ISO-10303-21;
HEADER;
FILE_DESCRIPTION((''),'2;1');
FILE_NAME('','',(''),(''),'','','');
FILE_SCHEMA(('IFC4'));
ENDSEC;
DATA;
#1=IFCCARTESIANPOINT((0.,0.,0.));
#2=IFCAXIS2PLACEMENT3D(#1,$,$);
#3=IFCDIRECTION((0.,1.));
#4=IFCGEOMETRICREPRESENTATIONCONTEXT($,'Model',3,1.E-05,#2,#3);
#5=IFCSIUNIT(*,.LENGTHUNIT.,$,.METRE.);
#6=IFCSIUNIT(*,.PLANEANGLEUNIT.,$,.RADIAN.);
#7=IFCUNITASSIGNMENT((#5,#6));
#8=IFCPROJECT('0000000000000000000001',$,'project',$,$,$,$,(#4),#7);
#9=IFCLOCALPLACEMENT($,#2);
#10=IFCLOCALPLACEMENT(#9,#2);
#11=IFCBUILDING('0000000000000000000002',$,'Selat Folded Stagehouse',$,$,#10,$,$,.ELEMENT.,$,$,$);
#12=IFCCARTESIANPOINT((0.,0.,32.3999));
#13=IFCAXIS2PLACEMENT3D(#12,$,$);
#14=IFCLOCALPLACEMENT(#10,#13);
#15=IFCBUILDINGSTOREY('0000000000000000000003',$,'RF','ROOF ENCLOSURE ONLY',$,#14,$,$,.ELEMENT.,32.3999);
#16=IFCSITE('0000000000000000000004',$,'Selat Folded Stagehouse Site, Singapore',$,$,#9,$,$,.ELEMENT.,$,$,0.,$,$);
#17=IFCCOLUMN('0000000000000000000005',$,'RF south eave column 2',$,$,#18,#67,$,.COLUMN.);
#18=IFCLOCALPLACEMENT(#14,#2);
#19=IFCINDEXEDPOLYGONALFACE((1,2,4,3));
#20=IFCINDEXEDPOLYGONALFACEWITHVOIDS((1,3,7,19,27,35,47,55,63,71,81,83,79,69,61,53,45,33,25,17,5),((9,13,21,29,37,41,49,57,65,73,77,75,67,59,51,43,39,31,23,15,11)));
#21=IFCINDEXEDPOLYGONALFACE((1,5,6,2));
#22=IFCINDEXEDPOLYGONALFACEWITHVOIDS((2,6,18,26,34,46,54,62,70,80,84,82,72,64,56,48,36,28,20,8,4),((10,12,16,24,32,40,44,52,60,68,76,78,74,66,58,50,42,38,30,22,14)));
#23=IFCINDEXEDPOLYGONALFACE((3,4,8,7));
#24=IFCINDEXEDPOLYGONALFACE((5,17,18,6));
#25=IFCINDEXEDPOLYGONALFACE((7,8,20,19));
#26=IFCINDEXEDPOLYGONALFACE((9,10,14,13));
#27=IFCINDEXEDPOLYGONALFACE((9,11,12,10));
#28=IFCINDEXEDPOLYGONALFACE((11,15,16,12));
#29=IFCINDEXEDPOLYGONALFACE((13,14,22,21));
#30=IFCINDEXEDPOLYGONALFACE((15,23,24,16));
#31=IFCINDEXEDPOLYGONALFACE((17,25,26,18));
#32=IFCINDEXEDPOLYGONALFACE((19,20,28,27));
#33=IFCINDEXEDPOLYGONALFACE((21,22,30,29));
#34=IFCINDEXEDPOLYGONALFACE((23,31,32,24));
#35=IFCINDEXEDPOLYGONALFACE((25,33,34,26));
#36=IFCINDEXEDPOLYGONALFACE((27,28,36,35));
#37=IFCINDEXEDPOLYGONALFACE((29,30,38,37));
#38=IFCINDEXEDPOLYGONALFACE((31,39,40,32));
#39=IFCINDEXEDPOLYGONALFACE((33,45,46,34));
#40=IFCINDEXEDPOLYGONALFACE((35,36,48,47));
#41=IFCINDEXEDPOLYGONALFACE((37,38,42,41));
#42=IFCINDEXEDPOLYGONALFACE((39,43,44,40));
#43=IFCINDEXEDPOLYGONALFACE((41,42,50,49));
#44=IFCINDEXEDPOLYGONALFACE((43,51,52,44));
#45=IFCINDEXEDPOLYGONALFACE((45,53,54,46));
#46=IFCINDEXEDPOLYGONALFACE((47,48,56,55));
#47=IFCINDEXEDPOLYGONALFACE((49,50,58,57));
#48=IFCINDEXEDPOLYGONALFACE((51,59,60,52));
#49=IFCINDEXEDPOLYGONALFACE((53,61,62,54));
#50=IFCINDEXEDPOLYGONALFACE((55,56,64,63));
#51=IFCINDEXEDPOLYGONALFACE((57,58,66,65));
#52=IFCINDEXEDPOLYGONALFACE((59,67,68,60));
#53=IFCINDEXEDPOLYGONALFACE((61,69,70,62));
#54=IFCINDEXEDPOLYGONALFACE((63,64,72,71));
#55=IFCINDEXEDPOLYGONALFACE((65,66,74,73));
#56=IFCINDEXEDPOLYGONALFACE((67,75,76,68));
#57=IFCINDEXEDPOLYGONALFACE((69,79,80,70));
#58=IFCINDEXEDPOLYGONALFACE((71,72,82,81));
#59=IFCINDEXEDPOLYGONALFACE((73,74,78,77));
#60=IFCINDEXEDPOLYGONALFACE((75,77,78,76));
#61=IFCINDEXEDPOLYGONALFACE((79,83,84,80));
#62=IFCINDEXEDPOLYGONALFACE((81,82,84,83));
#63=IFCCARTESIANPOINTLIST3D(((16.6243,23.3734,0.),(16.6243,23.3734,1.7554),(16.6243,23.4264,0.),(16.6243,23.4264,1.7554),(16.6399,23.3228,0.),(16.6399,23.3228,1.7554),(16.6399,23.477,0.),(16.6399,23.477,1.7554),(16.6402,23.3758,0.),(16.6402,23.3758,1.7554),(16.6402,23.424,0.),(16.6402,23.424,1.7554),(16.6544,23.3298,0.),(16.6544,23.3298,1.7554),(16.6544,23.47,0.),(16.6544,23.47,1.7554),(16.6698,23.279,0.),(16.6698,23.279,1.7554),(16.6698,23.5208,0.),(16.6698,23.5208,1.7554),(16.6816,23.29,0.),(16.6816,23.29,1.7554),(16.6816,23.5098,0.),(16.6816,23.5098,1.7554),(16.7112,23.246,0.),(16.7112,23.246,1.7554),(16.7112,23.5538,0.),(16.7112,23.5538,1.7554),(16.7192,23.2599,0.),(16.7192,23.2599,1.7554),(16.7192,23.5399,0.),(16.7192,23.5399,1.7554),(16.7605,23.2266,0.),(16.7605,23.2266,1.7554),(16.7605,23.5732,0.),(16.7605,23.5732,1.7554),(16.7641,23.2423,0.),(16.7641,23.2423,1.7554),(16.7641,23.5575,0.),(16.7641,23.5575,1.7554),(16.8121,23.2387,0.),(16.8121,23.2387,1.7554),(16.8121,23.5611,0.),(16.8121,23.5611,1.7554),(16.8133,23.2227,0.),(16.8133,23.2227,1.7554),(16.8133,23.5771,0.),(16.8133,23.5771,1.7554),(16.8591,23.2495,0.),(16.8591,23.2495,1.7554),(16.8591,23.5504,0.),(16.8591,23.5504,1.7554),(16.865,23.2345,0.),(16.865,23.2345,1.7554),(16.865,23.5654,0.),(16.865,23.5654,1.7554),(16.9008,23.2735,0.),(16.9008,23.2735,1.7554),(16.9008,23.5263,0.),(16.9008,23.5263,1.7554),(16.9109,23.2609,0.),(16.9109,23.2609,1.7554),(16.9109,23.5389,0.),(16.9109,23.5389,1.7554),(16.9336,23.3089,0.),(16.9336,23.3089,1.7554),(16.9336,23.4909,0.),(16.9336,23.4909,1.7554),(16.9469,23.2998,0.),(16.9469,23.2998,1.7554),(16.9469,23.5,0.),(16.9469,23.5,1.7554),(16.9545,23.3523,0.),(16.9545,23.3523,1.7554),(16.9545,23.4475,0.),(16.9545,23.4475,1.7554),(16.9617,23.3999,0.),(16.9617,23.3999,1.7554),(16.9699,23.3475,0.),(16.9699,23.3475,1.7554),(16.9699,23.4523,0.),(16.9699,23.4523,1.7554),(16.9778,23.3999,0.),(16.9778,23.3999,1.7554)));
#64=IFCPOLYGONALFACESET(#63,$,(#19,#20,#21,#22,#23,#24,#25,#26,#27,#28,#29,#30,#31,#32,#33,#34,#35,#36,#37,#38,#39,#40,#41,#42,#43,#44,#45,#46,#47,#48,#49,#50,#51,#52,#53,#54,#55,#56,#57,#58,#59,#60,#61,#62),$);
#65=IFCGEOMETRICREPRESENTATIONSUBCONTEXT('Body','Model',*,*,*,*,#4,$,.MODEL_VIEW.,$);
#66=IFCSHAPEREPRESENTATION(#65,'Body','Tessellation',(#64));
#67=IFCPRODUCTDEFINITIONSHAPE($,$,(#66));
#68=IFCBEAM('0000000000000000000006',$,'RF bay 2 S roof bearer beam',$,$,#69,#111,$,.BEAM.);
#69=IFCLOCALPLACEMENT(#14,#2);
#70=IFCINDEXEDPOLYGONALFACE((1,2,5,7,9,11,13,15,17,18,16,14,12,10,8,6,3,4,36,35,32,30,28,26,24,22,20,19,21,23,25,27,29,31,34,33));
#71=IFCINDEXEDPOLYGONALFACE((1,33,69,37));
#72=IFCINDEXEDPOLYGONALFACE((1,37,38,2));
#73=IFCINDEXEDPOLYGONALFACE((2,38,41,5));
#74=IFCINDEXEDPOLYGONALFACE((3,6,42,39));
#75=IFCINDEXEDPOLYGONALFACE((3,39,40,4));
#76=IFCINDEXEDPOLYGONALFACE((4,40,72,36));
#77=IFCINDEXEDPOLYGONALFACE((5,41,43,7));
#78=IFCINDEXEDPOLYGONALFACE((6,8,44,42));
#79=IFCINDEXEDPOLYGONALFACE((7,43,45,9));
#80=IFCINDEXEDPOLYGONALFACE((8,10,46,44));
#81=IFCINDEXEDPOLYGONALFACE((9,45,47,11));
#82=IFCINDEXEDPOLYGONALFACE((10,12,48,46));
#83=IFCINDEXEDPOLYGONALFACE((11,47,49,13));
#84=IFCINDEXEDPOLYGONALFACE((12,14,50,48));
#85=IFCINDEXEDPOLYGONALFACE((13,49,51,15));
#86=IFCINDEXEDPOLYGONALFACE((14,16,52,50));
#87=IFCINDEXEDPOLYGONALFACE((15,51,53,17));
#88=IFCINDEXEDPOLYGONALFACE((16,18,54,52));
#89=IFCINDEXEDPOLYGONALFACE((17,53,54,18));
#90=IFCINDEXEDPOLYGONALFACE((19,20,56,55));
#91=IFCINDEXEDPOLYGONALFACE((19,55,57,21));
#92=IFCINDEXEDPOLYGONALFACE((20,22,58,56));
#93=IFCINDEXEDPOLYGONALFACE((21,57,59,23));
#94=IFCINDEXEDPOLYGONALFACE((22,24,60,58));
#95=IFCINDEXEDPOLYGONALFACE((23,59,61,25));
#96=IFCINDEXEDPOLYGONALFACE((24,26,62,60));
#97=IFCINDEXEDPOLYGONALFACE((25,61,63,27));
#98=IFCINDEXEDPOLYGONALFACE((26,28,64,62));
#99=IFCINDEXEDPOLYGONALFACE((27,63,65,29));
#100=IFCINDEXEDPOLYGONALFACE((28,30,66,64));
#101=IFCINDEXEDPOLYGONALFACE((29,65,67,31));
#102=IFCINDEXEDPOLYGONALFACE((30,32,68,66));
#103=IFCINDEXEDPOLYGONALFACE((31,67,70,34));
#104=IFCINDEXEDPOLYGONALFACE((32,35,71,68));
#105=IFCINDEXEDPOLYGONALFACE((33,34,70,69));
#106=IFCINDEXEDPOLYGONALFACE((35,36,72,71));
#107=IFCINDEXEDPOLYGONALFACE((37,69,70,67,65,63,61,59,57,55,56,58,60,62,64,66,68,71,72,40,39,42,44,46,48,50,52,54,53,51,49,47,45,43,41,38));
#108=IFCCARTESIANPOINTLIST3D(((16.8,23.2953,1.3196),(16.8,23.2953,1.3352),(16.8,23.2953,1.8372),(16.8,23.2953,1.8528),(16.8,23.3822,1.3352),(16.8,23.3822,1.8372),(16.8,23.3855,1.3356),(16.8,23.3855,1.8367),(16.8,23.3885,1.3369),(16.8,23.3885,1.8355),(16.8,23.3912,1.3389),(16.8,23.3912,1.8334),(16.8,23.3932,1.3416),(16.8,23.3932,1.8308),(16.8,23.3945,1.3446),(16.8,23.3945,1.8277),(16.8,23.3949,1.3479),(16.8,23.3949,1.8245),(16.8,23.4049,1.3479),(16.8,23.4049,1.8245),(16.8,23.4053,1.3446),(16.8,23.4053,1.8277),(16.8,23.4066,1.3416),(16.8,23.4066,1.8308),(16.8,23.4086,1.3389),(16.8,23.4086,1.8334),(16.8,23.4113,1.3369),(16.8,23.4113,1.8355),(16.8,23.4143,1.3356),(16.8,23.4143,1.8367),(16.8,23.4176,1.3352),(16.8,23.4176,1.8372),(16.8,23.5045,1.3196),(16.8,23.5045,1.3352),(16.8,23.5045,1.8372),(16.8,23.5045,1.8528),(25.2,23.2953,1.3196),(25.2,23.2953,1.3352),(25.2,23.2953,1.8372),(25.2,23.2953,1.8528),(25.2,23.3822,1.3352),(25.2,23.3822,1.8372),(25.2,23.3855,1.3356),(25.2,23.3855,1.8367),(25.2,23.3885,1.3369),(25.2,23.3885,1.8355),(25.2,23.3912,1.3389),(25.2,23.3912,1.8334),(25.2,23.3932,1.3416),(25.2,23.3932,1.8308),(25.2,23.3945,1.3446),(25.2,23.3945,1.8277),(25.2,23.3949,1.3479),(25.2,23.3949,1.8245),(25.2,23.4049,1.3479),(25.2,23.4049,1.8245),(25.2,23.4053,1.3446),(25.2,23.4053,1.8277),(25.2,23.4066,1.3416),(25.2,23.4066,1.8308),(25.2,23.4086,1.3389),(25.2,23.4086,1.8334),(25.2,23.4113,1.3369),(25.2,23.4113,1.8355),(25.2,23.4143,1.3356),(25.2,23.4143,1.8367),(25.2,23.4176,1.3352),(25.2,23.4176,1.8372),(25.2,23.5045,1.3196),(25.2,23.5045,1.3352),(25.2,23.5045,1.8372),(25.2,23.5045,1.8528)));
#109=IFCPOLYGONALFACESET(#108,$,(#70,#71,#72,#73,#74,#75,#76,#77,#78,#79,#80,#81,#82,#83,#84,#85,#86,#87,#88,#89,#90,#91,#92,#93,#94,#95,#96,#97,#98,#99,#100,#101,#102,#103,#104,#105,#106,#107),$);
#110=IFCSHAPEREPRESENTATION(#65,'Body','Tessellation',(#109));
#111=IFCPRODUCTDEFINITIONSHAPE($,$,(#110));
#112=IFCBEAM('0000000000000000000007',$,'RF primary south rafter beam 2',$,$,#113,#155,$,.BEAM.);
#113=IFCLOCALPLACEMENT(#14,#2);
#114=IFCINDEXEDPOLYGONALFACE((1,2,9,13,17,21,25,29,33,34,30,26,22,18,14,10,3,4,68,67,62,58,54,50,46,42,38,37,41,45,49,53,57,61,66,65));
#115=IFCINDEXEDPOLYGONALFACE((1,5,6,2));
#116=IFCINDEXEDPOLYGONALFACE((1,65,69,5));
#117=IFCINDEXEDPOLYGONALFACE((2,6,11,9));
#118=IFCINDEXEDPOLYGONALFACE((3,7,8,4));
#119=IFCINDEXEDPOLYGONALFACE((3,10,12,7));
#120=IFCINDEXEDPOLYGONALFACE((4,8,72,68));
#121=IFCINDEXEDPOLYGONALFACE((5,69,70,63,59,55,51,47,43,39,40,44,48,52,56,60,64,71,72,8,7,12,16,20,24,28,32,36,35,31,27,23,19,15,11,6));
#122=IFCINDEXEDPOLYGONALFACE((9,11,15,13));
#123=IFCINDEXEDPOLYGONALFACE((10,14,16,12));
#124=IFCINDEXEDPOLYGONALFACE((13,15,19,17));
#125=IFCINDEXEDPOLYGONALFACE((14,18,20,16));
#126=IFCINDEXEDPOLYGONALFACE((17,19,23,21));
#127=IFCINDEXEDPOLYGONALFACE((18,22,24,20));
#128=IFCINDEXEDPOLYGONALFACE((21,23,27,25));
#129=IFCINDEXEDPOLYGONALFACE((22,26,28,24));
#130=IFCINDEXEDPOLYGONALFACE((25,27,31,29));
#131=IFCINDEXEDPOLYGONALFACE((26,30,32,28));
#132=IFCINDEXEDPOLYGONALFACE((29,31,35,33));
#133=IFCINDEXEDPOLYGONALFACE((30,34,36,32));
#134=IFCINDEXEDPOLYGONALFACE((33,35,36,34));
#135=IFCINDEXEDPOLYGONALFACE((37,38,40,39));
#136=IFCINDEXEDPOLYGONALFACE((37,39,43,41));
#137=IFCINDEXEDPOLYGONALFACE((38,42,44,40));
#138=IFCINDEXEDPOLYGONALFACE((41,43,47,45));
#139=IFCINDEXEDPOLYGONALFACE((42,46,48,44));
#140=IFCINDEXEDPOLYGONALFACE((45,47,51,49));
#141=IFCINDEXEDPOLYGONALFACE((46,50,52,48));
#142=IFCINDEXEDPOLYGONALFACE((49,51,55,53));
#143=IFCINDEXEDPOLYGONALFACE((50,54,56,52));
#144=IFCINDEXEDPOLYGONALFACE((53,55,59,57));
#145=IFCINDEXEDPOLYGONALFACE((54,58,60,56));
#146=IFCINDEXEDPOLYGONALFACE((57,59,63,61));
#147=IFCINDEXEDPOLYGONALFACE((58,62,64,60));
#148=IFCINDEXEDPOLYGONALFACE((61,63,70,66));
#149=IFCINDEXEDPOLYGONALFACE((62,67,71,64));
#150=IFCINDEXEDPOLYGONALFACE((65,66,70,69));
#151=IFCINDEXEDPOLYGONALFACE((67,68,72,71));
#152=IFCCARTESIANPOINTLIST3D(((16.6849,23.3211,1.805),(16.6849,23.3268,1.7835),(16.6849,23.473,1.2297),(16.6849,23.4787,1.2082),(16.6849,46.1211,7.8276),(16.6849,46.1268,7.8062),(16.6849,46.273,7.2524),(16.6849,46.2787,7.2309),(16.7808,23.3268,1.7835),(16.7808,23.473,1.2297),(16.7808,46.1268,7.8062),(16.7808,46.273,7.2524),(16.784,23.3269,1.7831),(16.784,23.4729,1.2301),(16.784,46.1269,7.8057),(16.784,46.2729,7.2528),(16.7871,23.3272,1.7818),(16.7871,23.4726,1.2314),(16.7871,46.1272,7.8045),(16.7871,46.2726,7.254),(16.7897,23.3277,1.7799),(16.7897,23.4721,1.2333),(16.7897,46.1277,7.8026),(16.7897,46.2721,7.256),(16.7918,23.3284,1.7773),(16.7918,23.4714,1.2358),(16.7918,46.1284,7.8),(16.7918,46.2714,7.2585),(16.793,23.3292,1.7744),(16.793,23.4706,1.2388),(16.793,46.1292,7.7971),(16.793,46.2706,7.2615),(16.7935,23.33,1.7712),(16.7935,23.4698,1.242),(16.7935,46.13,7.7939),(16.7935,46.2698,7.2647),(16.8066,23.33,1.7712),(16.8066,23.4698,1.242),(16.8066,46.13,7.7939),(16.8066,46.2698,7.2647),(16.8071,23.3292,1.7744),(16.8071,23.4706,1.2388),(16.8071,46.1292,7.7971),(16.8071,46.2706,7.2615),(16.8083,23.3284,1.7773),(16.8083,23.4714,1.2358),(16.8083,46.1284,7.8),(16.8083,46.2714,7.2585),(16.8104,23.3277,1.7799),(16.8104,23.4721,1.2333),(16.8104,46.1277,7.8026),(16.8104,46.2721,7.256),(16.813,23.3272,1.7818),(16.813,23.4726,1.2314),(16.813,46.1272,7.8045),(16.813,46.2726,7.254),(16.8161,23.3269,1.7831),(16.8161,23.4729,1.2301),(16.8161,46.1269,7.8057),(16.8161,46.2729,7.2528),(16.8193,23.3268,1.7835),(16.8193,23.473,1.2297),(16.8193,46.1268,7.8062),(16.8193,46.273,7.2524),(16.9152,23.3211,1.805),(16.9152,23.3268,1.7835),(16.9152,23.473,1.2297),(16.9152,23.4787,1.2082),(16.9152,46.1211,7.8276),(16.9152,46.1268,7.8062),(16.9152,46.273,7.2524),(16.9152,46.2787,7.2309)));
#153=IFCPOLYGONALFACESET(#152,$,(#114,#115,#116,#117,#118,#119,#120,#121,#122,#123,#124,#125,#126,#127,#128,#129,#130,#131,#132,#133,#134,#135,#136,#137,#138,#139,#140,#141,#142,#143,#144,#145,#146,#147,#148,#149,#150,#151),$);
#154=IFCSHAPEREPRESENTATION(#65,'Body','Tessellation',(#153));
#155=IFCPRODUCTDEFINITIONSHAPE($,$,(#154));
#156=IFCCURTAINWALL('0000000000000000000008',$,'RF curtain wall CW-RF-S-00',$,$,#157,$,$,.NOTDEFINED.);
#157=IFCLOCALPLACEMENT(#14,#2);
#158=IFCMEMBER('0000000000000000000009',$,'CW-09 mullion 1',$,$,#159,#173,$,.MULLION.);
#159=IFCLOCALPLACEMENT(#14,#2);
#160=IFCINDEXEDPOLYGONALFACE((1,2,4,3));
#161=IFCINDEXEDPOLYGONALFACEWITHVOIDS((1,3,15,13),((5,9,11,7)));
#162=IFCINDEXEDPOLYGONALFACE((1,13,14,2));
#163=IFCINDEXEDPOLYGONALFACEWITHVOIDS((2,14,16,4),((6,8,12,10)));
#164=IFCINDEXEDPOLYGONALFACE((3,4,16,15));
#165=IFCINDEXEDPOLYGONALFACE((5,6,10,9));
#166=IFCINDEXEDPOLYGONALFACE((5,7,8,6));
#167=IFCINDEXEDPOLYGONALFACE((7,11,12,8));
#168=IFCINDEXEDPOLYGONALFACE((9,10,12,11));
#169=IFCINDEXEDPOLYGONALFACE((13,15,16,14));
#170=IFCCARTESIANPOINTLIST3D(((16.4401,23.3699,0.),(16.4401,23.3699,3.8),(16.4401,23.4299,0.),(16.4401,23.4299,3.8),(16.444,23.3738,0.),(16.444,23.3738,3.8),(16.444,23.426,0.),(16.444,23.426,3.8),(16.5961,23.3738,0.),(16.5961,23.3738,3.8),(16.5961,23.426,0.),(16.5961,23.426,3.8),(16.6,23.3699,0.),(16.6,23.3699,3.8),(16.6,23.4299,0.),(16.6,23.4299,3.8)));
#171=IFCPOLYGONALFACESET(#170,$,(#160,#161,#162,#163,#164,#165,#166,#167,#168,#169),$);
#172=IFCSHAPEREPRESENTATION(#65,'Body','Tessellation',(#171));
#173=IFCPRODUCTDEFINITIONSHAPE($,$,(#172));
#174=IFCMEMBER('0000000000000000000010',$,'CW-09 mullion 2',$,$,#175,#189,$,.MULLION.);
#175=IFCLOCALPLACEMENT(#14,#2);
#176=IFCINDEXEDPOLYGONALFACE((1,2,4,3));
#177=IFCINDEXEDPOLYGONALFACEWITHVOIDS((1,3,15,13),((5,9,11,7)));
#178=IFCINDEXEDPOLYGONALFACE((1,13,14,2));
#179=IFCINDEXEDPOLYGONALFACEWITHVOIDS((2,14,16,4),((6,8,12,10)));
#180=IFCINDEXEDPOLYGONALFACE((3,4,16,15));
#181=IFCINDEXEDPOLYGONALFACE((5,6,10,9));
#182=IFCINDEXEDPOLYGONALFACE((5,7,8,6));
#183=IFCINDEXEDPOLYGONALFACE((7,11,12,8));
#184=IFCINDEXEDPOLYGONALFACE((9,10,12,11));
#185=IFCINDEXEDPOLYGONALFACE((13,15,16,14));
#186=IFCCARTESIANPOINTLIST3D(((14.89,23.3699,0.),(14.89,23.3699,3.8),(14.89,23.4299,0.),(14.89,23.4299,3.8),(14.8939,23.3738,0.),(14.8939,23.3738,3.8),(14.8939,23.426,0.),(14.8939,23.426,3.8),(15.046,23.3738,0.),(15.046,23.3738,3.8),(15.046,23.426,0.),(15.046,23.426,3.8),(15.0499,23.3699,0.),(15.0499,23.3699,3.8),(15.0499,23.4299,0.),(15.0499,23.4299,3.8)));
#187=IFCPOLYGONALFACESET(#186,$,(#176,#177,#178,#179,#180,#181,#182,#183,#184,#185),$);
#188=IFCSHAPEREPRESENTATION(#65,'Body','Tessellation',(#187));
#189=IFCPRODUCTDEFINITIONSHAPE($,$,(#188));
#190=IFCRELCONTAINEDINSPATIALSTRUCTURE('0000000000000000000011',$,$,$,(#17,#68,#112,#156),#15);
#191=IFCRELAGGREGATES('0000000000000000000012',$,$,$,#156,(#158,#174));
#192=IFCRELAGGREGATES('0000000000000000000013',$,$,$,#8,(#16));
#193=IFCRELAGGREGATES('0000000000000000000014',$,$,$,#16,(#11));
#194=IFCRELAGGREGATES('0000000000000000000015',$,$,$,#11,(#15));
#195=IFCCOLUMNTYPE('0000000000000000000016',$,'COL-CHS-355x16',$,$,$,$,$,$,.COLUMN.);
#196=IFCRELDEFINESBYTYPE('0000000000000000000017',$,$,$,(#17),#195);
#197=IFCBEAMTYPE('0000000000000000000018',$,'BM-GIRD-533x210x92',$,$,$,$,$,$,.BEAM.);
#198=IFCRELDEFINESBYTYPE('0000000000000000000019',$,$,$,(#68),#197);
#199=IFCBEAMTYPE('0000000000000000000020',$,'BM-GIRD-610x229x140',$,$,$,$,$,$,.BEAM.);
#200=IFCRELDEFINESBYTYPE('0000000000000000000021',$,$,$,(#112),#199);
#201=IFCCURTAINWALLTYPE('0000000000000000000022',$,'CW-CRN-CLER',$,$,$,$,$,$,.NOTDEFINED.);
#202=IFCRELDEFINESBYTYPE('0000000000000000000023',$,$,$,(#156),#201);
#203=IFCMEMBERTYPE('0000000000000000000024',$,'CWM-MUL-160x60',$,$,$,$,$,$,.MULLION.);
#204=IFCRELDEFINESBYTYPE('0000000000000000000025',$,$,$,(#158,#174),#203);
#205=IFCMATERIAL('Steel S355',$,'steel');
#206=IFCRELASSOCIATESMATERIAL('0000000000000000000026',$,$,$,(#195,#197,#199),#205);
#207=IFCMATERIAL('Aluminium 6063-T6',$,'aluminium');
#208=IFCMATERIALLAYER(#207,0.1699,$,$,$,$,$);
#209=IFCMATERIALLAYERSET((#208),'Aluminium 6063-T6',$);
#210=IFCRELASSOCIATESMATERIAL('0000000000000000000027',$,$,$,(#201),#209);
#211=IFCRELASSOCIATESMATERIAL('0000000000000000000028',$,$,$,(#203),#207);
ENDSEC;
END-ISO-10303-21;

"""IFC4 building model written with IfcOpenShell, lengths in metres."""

from ifc_helpers import new_model, si_unit, direction, frame, origin, origin_2d, place, context, subcontext, project, spatial, hollow_rectangle, hollow_circle, i_section, extrude, material, layer, layer_set, material_profile, profile_set, type_object, element, aggregate, save


model = new_model("IFC4")

# Units and contexts
model_context = context("Model", 3, precision=1e-05, world=origin(), true_north=direction((0.0, 1.0)))
body_context = subcontext(model_context, "Body", "Model", "MODEL_VIEW")
ifc_project = project(units=[si_unit("LENGTHUNIT", "METRE"), si_unit("PLANEANGLEUNIT", "RADIAN")], contexts=[model_context])

# Site, building, storey
site_placement = place(None, origin())
site = spatial("IfcSite", under=ifc_project, at=site_placement, Name="Selat Folded Stagehouse Site, Singapore", CompositionType="ELEMENT", RefElevation=0.0)
building_placement = place(site_placement, origin())
building = spatial("IfcBuilding", under=site, at=building_placement, Name="Selat Folded Stagehouse", CompositionType="ELEMENT")
storey_placement = place(building_placement, frame((0.0, 0.0, 32.3999)))
storey = spatial("IfcBuildingStorey", under=building, at=storey_placement, Name="RF", Description="ROOF ENCLOSURE ONLY", CompositionType="ELEMENT", Elevation=32.3999)

# Column
ifc_material_1 = material(Name="Steel S355", Category="steel")
ifc_material_profile_1 = material_profile(ifc_material_1, hollow_circle(Radius=0.1777, WallThickness=0.0161, at=origin_2d()), Name="CHS 355.6x16.0")
ifc_profile_set_1 = profile_set([ifc_material_profile_1], Name="Steel S355")
column_type = type_object("IfcColumnType", Name="COL-CHS-355x16", PredefinedType="COLUMN", material=ifc_profile_set_1)
column_placement = place(storey_placement, frame((16.8, 23.3999, 0.0), z_axis=(0.0, 0.0, 1.0), x_axis=(1.0, 0.0, 0.0)))
element("IfcColumn", 1, at=column_placement, inside=storey, type_object=column_type, Name="RF south eave column 2", PredefinedType="COLUMN", context=body_context, shape_type="SweptSolid", body=[
    extrude(hollow_circle(Radius=0.1777, WallThickness=0.0161, at=origin_2d()), origin(), (0.0, 0.0, 1.0), 1.7554),
])

# Beams
ifc_material_profile_2 = material_profile(ifc_material_1, i_section(OverallWidth=0.2092, OverallDepth=0.5332, WebThickness=0.01, FlangeThickness=0.0156, FilletRadius=0.0127, at=origin_2d()), Name="UKB 533x210x92")
ifc_profile_set_2 = profile_set([ifc_material_profile_2], Name="Steel S355")
beam_type_1 = type_object("IfcBeamType", Name="BM-GIRD-533x210x92", PredefinedType="BEAM", material=ifc_profile_set_2)
beam_1_placement = place(storey_placement, frame((16.8, 23.3999, 1.5862), z_axis=(1.0, 0.0, 0.0), x_axis=(0.0, 1.0, 0.0)))
element("IfcBeam", 2, at=beam_1_placement, inside=storey, type_object=beam_type_1, Name="RF bay 2 S roof bearer beam", PredefinedType="BEAM", context=body_context, shape_type="SweptSolid", body=[
    extrude(i_section(OverallWidth=0.2092, OverallDepth=0.5332, WebThickness=0.01, FlangeThickness=0.0156, FilletRadius=0.0127, at=origin_2d()), origin(), (0.0, 0.0, 1.0), 8.3999),
])
ifc_material_profile_3 = material_profile(ifc_material_1, i_section(OverallWidth=0.2302, OverallDepth=0.6172, WebThickness=0.0132, FlangeThickness=0.0222, FilletRadius=0.0127, at=origin_2d()), Name="UKB 610x229x140")
ifc_profile_set_3 = profile_set([ifc_material_profile_3], Name="Steel S355")
beam_type_2 = type_object("IfcBeamType", Name="BM-GIRD-610x229x140", PredefinedType="BEAM", material=ifc_profile_set_3)
beam_2_placement = place(storey_placement, frame((16.8, 23.3999, 1.5066), z_axis=(0.0, 0.966837, 0.255393), x_axis=(-1.0, 0.0, 0.0)))
element("IfcBeam", 3, at=beam_2_placement, inside=storey, type_object=beam_type_2, Name="RF primary south rafter beam 2", PredefinedType="BEAM", context=body_context, shape_type="SweptSolid", body=[
    extrude(i_section(OverallWidth=0.2302, OverallDepth=0.6172, WebThickness=0.0132, FlangeThickness=0.0222, FilletRadius=0.0127, at=origin_2d()), origin(), (0.0, 0.0, 1.0), 23.582),
])

# Curtain wall, members
ifc_material_2 = material(Name="Aluminium 6063-T6", Category="aluminium")
ifc_layer_1 = layer(ifc_material_2, 0.1699)
ifc_layer_set_1 = layer_set([ifc_layer_1], Name="Aluminium 6063-T6")
curtain_wall_type = type_object("IfcCurtainWallType", Name="CW-CRN-CLER", PredefinedType="NOTDEFINED", material=ifc_layer_set_1)
curtain_wall_1_placement = place(storey_placement, origin())
curtain_wall_1 = element("IfcCurtainWall", 4, at=curtain_wall_1_placement, inside=storey, type_object=curtain_wall_type, Name="RF curtain wall CW-RF-S-00", PredefinedType="NOTDEFINED")
ifc_material_profile_4 = material_profile(ifc_material_2, hollow_rectangle(XDim=0.0601, YDim=0.1599, WallThickness=0.0039, at=origin_2d()), Name="ALU 160x60x4.0")
ifc_profile_set_4 = profile_set([ifc_material_profile_4], Name="Aluminium 6063-T6")
member_type_1 = type_object("IfcMemberType", Name="CWM-MUL-160x60", PredefinedType="MULLION", material=ifc_profile_set_4)
member_1_placement = place(storey_placement, frame((16.52, 23.3999, 0.0), z_axis=(0.0, 0.0, 1.0), x_axis=(0.0, -1.0, 0.0)))
member_1 = element("IfcMember", 5, at=member_1_placement, type_object=member_type_1, Name="CW-09 mullion 1", PredefinedType="MULLION", context=body_context, shape_type="SweptSolid", body=[
    extrude(hollow_rectangle(XDim=0.0601, YDim=0.1599, WallThickness=0.0039, at=origin_2d()), origin(), (0.0, 0.0, 1.0), 3.8),
])
member_2_placement = place(storey_placement, frame((14.97, 23.3999, 0.0), z_axis=(0.0, 0.0, 1.0), x_axis=(0.0, -1.0, 0.0)))
member_2 = element("IfcMember", 6, at=member_2_placement, type_object=member_type_1, Name="CW-09 mullion 2", PredefinedType="MULLION", context=body_context, shape_type="SweptSolid", body=[
    extrude(hollow_rectangle(XDim=0.0601, YDim=0.1599, WallThickness=0.0039, at=origin_2d()), origin(), (0.0, 0.0, 1.0), 3.8),
])

aggregate(curtain_wall_1, [member_1, member_2])

save(model, "model.ifc")
